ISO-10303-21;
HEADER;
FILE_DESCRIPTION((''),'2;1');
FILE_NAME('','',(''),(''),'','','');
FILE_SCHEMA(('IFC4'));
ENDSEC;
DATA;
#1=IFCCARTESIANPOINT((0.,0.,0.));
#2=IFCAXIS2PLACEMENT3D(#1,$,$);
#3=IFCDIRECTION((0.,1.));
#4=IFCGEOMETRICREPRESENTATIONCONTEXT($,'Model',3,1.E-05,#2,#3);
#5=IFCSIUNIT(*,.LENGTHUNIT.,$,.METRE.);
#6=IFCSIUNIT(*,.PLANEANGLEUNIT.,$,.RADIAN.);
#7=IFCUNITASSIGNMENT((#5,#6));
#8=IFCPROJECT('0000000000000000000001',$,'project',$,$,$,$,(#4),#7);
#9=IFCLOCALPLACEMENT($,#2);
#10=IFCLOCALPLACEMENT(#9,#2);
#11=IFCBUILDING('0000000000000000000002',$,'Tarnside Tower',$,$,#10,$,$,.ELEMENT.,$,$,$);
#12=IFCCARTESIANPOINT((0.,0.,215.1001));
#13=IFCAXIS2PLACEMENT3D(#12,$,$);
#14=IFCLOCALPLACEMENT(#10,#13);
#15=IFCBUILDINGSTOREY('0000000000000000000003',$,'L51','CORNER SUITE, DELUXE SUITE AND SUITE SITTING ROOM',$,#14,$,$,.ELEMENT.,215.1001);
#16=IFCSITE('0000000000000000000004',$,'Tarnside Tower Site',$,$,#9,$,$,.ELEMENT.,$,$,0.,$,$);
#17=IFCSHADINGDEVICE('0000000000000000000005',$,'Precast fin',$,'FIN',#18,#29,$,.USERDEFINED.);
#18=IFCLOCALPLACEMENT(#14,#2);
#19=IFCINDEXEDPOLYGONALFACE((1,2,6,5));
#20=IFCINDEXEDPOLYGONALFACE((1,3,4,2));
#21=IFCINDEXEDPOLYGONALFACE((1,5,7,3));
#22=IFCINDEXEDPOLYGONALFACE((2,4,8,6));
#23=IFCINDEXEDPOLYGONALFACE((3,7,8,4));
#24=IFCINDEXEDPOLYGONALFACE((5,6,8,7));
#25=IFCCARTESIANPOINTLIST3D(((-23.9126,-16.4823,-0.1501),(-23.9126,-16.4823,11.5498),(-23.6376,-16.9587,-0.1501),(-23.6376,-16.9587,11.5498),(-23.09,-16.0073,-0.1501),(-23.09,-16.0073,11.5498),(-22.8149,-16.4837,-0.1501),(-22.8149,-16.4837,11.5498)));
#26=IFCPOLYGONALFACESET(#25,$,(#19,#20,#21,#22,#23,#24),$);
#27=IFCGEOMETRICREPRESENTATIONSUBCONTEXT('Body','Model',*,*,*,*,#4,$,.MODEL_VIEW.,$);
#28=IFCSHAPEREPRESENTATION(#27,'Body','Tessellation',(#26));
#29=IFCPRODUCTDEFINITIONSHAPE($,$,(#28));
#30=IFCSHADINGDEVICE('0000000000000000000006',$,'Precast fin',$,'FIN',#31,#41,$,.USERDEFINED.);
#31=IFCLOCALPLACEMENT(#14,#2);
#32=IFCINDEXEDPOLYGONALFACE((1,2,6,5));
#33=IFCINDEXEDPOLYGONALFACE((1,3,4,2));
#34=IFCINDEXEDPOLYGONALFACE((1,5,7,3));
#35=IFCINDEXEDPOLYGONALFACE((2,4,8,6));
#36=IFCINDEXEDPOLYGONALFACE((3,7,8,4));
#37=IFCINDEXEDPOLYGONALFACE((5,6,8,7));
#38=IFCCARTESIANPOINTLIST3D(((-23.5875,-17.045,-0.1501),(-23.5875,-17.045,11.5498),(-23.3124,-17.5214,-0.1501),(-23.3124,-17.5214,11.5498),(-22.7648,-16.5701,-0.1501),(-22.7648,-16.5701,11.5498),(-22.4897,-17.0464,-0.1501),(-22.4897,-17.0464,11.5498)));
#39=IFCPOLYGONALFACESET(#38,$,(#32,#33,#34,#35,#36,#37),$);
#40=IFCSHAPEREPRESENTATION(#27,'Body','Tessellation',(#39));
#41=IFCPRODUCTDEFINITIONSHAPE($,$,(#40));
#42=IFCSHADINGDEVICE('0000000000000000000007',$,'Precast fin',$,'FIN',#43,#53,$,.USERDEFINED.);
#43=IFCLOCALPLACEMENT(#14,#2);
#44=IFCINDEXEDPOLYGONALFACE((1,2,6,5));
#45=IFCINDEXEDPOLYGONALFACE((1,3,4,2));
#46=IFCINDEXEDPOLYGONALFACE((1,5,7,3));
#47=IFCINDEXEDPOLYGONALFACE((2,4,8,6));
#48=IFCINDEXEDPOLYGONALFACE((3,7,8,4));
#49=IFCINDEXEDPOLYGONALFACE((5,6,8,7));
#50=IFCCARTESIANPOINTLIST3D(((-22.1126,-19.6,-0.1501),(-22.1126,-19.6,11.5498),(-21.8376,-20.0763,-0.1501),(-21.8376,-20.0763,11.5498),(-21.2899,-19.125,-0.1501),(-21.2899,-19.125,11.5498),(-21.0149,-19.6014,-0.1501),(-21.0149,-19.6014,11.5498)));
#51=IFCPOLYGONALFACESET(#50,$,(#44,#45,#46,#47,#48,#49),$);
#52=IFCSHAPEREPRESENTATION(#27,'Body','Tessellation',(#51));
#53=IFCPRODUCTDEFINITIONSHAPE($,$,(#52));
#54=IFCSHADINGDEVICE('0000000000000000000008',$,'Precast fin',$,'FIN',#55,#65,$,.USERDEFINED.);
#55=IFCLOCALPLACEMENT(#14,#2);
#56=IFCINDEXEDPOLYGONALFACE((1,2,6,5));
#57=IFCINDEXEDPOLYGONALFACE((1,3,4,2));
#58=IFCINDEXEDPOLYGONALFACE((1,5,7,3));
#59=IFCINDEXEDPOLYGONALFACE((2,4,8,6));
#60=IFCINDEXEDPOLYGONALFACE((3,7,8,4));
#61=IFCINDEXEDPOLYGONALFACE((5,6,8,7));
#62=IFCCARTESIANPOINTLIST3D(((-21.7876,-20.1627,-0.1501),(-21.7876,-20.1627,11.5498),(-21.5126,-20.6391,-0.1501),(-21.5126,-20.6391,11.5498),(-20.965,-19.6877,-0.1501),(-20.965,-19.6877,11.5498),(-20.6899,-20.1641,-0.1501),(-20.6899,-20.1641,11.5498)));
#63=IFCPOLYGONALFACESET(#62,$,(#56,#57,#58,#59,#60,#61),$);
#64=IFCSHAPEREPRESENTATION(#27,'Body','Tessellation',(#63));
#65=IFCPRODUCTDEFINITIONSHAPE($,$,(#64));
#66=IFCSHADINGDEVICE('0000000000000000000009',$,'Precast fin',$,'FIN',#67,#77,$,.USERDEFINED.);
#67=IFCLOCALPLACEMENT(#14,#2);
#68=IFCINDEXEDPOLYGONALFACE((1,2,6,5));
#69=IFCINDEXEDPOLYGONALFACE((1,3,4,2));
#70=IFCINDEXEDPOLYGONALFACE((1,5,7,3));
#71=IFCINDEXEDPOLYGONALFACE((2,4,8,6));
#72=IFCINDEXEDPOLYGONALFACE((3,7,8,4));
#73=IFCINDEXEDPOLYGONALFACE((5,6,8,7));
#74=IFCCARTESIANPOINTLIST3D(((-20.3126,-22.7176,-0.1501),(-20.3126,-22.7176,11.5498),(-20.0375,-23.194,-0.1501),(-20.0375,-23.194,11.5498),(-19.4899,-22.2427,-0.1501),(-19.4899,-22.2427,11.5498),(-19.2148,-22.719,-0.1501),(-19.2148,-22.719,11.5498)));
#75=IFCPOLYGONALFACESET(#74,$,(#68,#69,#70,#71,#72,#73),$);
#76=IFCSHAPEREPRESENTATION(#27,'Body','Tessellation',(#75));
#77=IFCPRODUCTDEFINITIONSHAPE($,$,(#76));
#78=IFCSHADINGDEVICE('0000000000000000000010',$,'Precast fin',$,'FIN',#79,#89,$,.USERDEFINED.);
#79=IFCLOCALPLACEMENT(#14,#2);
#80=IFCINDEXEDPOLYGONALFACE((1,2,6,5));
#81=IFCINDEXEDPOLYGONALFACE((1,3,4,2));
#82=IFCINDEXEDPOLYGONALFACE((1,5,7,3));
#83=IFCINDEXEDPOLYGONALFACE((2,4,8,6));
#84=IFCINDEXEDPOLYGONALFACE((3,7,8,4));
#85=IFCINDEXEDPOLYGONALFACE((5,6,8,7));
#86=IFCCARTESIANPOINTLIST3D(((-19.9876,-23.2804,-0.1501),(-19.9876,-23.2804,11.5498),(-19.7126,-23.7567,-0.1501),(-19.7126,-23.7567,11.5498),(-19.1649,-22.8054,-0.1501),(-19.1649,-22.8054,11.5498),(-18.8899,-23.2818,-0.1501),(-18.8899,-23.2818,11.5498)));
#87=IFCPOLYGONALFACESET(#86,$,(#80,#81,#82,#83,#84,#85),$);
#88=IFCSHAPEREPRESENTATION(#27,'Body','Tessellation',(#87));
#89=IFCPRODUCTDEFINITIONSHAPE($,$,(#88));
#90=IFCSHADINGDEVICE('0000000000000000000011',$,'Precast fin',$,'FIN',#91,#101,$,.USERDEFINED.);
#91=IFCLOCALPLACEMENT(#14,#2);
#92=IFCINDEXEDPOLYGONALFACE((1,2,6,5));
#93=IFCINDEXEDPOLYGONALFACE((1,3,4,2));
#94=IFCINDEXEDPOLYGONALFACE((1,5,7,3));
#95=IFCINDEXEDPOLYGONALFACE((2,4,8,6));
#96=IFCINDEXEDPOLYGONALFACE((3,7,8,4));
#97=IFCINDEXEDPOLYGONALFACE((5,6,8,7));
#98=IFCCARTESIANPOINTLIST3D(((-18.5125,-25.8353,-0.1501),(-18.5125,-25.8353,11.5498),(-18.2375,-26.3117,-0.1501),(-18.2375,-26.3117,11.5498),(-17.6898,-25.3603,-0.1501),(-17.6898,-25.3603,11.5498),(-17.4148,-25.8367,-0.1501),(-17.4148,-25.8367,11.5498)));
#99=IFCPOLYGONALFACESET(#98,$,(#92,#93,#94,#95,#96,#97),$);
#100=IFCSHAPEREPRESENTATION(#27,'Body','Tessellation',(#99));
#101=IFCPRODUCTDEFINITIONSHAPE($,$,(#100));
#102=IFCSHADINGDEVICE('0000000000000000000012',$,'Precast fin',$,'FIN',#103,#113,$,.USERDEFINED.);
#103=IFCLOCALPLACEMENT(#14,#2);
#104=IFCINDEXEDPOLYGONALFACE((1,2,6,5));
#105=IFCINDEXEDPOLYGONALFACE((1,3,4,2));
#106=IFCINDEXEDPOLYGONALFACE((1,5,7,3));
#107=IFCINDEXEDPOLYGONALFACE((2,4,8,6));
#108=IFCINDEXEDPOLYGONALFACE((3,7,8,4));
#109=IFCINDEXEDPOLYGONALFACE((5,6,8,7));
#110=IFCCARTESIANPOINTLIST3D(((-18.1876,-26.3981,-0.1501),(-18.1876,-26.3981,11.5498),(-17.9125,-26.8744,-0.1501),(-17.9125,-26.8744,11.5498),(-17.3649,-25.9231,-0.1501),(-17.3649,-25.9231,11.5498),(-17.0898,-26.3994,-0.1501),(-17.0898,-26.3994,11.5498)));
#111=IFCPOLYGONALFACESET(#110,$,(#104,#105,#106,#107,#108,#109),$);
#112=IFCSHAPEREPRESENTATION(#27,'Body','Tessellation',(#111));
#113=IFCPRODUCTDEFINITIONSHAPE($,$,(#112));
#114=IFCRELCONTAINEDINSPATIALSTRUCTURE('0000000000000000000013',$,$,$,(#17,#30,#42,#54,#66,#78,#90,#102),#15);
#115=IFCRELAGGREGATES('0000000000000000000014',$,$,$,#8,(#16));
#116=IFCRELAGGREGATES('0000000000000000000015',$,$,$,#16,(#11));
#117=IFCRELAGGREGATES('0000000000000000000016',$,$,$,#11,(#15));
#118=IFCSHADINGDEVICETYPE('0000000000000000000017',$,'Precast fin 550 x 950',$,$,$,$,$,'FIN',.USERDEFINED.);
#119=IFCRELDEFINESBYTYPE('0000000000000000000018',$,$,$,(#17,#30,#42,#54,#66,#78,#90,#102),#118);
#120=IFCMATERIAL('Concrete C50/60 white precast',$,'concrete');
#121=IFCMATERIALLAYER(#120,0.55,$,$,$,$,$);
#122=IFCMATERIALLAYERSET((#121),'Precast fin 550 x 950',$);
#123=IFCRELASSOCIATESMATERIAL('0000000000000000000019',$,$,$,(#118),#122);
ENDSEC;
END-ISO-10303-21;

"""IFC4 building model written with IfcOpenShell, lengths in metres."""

from ifc_helpers import new_model, si_unit, direction, frame, origin, place, context, subcontext, project, spatial, polyline, outline, extrude, material, layer, layer_set, type_object, element, save


model = new_model("IFC4")

# Units and contexts
model_context = context("Model", 3, precision=1e-05, world=origin(), true_north=direction((0.0, 1.0)))
body_context = subcontext(model_context, "Body", "Model", "MODEL_VIEW")
ifc_project = project(units=[si_unit("LENGTHUNIT", "METRE"), si_unit("PLANEANGLEUNIT", "RADIAN")], contexts=[model_context])

# Site, building, storey
site_placement = place(None, origin())
site = spatial("IfcSite", under=ifc_project, at=site_placement, Name="Tarnside Tower Site", CompositionType="ELEMENT", RefElevation=0.0)
building_placement = place(site_placement, origin())
building = spatial("IfcBuilding", under=site, at=building_placement, Name="Tarnside Tower", CompositionType="ELEMENT")
storey_placement = place(building_placement, frame((0.0, 0.0, 215.1001)))
storey = spatial("IfcBuildingStorey", under=building, at=storey_placement, Name="L51", Description="CORNER SUITE, DELUXE SUITE AND SUITE SITTING ROOM", CompositionType="ELEMENT", Elevation=215.1001)

# Shading devices
ifc_material_1 = material(Name="Concrete C50/60 white precast", Category="concrete")
ifc_layer_1 = layer(ifc_material_1, 0.55)
ifc_layer_set_1 = layer_set([ifc_layer_1], Name="Precast fin 550 x 950")
shading_device_type_1 = type_object("IfcShadingDeviceType", Name="Precast fin 550 x 950", ElementType="FIN", PredefinedType="USERDEFINED", material=ifc_layer_set_1)
for number, where, z_axis, x_axis, name in (
    (1, (-22.9524, -16.2456, -0.1501), (-0.5, 0.866025, 0.0), (-0.866025, -0.5, 0.0), "Precast fin"),
    (2, (-22.6272, -16.8083, -0.1501), (-0.5, 0.866025, 0.0), (-0.866025, -0.5, 0.0), "Precast fin"),
    (3, (-21.1523, -19.3633, -0.1501), (-0.5, 0.866025, 0.0), (-0.866025, -0.5, 0.0), "Precast fin"),
    (4, (-20.8274, -19.926, -0.1501), (-0.5, 0.866025, 0.0), (-0.866025, -0.5, 0.0), "Precast fin"),
    (5, (-19.3523, -22.481, -0.1501), (-0.5, 0.866025, 0.0), (-0.866025, -0.5, 0.0), "Precast fin"),
    (6, (-19.0273, -23.0437, -0.1501), (-0.5, 0.866025, 0.0), (-0.866025, -0.5, 0.0), "Precast fin"),
    (7, (-17.5522, -25.5986, -0.1501), (-0.5, 0.866025, 0.0), (-0.866025, -0.5, 0.0), "Precast fin"),
    (8, (-17.2273, -26.1614, -0.1501), (-0.5, 0.866025, 0.0), (-0.866025, -0.5, 0.0), "Precast fin"),
):
    element("IfcShadingDevice", number, at=place(storey_placement, frame(where, z_axis=z_axis, x_axis=x_axis)), inside=storey, type_object=shading_device_type_1, Name=name, ObjectType="FIN", PredefinedType="USERDEFINED", context=body_context, shape_type="SweptSolid", body=[
        extrude(outline(polyline([(0.0, 0.0), (0.95, 0.0), (0.95, 11.7), (0.0, 11.7), (0.0, 0.0)])), frame((0.0, 0.0, -0.2749)), (0.0, 0.0, 1.0), 0.55),
    ])

save(model, "model.ifc")
